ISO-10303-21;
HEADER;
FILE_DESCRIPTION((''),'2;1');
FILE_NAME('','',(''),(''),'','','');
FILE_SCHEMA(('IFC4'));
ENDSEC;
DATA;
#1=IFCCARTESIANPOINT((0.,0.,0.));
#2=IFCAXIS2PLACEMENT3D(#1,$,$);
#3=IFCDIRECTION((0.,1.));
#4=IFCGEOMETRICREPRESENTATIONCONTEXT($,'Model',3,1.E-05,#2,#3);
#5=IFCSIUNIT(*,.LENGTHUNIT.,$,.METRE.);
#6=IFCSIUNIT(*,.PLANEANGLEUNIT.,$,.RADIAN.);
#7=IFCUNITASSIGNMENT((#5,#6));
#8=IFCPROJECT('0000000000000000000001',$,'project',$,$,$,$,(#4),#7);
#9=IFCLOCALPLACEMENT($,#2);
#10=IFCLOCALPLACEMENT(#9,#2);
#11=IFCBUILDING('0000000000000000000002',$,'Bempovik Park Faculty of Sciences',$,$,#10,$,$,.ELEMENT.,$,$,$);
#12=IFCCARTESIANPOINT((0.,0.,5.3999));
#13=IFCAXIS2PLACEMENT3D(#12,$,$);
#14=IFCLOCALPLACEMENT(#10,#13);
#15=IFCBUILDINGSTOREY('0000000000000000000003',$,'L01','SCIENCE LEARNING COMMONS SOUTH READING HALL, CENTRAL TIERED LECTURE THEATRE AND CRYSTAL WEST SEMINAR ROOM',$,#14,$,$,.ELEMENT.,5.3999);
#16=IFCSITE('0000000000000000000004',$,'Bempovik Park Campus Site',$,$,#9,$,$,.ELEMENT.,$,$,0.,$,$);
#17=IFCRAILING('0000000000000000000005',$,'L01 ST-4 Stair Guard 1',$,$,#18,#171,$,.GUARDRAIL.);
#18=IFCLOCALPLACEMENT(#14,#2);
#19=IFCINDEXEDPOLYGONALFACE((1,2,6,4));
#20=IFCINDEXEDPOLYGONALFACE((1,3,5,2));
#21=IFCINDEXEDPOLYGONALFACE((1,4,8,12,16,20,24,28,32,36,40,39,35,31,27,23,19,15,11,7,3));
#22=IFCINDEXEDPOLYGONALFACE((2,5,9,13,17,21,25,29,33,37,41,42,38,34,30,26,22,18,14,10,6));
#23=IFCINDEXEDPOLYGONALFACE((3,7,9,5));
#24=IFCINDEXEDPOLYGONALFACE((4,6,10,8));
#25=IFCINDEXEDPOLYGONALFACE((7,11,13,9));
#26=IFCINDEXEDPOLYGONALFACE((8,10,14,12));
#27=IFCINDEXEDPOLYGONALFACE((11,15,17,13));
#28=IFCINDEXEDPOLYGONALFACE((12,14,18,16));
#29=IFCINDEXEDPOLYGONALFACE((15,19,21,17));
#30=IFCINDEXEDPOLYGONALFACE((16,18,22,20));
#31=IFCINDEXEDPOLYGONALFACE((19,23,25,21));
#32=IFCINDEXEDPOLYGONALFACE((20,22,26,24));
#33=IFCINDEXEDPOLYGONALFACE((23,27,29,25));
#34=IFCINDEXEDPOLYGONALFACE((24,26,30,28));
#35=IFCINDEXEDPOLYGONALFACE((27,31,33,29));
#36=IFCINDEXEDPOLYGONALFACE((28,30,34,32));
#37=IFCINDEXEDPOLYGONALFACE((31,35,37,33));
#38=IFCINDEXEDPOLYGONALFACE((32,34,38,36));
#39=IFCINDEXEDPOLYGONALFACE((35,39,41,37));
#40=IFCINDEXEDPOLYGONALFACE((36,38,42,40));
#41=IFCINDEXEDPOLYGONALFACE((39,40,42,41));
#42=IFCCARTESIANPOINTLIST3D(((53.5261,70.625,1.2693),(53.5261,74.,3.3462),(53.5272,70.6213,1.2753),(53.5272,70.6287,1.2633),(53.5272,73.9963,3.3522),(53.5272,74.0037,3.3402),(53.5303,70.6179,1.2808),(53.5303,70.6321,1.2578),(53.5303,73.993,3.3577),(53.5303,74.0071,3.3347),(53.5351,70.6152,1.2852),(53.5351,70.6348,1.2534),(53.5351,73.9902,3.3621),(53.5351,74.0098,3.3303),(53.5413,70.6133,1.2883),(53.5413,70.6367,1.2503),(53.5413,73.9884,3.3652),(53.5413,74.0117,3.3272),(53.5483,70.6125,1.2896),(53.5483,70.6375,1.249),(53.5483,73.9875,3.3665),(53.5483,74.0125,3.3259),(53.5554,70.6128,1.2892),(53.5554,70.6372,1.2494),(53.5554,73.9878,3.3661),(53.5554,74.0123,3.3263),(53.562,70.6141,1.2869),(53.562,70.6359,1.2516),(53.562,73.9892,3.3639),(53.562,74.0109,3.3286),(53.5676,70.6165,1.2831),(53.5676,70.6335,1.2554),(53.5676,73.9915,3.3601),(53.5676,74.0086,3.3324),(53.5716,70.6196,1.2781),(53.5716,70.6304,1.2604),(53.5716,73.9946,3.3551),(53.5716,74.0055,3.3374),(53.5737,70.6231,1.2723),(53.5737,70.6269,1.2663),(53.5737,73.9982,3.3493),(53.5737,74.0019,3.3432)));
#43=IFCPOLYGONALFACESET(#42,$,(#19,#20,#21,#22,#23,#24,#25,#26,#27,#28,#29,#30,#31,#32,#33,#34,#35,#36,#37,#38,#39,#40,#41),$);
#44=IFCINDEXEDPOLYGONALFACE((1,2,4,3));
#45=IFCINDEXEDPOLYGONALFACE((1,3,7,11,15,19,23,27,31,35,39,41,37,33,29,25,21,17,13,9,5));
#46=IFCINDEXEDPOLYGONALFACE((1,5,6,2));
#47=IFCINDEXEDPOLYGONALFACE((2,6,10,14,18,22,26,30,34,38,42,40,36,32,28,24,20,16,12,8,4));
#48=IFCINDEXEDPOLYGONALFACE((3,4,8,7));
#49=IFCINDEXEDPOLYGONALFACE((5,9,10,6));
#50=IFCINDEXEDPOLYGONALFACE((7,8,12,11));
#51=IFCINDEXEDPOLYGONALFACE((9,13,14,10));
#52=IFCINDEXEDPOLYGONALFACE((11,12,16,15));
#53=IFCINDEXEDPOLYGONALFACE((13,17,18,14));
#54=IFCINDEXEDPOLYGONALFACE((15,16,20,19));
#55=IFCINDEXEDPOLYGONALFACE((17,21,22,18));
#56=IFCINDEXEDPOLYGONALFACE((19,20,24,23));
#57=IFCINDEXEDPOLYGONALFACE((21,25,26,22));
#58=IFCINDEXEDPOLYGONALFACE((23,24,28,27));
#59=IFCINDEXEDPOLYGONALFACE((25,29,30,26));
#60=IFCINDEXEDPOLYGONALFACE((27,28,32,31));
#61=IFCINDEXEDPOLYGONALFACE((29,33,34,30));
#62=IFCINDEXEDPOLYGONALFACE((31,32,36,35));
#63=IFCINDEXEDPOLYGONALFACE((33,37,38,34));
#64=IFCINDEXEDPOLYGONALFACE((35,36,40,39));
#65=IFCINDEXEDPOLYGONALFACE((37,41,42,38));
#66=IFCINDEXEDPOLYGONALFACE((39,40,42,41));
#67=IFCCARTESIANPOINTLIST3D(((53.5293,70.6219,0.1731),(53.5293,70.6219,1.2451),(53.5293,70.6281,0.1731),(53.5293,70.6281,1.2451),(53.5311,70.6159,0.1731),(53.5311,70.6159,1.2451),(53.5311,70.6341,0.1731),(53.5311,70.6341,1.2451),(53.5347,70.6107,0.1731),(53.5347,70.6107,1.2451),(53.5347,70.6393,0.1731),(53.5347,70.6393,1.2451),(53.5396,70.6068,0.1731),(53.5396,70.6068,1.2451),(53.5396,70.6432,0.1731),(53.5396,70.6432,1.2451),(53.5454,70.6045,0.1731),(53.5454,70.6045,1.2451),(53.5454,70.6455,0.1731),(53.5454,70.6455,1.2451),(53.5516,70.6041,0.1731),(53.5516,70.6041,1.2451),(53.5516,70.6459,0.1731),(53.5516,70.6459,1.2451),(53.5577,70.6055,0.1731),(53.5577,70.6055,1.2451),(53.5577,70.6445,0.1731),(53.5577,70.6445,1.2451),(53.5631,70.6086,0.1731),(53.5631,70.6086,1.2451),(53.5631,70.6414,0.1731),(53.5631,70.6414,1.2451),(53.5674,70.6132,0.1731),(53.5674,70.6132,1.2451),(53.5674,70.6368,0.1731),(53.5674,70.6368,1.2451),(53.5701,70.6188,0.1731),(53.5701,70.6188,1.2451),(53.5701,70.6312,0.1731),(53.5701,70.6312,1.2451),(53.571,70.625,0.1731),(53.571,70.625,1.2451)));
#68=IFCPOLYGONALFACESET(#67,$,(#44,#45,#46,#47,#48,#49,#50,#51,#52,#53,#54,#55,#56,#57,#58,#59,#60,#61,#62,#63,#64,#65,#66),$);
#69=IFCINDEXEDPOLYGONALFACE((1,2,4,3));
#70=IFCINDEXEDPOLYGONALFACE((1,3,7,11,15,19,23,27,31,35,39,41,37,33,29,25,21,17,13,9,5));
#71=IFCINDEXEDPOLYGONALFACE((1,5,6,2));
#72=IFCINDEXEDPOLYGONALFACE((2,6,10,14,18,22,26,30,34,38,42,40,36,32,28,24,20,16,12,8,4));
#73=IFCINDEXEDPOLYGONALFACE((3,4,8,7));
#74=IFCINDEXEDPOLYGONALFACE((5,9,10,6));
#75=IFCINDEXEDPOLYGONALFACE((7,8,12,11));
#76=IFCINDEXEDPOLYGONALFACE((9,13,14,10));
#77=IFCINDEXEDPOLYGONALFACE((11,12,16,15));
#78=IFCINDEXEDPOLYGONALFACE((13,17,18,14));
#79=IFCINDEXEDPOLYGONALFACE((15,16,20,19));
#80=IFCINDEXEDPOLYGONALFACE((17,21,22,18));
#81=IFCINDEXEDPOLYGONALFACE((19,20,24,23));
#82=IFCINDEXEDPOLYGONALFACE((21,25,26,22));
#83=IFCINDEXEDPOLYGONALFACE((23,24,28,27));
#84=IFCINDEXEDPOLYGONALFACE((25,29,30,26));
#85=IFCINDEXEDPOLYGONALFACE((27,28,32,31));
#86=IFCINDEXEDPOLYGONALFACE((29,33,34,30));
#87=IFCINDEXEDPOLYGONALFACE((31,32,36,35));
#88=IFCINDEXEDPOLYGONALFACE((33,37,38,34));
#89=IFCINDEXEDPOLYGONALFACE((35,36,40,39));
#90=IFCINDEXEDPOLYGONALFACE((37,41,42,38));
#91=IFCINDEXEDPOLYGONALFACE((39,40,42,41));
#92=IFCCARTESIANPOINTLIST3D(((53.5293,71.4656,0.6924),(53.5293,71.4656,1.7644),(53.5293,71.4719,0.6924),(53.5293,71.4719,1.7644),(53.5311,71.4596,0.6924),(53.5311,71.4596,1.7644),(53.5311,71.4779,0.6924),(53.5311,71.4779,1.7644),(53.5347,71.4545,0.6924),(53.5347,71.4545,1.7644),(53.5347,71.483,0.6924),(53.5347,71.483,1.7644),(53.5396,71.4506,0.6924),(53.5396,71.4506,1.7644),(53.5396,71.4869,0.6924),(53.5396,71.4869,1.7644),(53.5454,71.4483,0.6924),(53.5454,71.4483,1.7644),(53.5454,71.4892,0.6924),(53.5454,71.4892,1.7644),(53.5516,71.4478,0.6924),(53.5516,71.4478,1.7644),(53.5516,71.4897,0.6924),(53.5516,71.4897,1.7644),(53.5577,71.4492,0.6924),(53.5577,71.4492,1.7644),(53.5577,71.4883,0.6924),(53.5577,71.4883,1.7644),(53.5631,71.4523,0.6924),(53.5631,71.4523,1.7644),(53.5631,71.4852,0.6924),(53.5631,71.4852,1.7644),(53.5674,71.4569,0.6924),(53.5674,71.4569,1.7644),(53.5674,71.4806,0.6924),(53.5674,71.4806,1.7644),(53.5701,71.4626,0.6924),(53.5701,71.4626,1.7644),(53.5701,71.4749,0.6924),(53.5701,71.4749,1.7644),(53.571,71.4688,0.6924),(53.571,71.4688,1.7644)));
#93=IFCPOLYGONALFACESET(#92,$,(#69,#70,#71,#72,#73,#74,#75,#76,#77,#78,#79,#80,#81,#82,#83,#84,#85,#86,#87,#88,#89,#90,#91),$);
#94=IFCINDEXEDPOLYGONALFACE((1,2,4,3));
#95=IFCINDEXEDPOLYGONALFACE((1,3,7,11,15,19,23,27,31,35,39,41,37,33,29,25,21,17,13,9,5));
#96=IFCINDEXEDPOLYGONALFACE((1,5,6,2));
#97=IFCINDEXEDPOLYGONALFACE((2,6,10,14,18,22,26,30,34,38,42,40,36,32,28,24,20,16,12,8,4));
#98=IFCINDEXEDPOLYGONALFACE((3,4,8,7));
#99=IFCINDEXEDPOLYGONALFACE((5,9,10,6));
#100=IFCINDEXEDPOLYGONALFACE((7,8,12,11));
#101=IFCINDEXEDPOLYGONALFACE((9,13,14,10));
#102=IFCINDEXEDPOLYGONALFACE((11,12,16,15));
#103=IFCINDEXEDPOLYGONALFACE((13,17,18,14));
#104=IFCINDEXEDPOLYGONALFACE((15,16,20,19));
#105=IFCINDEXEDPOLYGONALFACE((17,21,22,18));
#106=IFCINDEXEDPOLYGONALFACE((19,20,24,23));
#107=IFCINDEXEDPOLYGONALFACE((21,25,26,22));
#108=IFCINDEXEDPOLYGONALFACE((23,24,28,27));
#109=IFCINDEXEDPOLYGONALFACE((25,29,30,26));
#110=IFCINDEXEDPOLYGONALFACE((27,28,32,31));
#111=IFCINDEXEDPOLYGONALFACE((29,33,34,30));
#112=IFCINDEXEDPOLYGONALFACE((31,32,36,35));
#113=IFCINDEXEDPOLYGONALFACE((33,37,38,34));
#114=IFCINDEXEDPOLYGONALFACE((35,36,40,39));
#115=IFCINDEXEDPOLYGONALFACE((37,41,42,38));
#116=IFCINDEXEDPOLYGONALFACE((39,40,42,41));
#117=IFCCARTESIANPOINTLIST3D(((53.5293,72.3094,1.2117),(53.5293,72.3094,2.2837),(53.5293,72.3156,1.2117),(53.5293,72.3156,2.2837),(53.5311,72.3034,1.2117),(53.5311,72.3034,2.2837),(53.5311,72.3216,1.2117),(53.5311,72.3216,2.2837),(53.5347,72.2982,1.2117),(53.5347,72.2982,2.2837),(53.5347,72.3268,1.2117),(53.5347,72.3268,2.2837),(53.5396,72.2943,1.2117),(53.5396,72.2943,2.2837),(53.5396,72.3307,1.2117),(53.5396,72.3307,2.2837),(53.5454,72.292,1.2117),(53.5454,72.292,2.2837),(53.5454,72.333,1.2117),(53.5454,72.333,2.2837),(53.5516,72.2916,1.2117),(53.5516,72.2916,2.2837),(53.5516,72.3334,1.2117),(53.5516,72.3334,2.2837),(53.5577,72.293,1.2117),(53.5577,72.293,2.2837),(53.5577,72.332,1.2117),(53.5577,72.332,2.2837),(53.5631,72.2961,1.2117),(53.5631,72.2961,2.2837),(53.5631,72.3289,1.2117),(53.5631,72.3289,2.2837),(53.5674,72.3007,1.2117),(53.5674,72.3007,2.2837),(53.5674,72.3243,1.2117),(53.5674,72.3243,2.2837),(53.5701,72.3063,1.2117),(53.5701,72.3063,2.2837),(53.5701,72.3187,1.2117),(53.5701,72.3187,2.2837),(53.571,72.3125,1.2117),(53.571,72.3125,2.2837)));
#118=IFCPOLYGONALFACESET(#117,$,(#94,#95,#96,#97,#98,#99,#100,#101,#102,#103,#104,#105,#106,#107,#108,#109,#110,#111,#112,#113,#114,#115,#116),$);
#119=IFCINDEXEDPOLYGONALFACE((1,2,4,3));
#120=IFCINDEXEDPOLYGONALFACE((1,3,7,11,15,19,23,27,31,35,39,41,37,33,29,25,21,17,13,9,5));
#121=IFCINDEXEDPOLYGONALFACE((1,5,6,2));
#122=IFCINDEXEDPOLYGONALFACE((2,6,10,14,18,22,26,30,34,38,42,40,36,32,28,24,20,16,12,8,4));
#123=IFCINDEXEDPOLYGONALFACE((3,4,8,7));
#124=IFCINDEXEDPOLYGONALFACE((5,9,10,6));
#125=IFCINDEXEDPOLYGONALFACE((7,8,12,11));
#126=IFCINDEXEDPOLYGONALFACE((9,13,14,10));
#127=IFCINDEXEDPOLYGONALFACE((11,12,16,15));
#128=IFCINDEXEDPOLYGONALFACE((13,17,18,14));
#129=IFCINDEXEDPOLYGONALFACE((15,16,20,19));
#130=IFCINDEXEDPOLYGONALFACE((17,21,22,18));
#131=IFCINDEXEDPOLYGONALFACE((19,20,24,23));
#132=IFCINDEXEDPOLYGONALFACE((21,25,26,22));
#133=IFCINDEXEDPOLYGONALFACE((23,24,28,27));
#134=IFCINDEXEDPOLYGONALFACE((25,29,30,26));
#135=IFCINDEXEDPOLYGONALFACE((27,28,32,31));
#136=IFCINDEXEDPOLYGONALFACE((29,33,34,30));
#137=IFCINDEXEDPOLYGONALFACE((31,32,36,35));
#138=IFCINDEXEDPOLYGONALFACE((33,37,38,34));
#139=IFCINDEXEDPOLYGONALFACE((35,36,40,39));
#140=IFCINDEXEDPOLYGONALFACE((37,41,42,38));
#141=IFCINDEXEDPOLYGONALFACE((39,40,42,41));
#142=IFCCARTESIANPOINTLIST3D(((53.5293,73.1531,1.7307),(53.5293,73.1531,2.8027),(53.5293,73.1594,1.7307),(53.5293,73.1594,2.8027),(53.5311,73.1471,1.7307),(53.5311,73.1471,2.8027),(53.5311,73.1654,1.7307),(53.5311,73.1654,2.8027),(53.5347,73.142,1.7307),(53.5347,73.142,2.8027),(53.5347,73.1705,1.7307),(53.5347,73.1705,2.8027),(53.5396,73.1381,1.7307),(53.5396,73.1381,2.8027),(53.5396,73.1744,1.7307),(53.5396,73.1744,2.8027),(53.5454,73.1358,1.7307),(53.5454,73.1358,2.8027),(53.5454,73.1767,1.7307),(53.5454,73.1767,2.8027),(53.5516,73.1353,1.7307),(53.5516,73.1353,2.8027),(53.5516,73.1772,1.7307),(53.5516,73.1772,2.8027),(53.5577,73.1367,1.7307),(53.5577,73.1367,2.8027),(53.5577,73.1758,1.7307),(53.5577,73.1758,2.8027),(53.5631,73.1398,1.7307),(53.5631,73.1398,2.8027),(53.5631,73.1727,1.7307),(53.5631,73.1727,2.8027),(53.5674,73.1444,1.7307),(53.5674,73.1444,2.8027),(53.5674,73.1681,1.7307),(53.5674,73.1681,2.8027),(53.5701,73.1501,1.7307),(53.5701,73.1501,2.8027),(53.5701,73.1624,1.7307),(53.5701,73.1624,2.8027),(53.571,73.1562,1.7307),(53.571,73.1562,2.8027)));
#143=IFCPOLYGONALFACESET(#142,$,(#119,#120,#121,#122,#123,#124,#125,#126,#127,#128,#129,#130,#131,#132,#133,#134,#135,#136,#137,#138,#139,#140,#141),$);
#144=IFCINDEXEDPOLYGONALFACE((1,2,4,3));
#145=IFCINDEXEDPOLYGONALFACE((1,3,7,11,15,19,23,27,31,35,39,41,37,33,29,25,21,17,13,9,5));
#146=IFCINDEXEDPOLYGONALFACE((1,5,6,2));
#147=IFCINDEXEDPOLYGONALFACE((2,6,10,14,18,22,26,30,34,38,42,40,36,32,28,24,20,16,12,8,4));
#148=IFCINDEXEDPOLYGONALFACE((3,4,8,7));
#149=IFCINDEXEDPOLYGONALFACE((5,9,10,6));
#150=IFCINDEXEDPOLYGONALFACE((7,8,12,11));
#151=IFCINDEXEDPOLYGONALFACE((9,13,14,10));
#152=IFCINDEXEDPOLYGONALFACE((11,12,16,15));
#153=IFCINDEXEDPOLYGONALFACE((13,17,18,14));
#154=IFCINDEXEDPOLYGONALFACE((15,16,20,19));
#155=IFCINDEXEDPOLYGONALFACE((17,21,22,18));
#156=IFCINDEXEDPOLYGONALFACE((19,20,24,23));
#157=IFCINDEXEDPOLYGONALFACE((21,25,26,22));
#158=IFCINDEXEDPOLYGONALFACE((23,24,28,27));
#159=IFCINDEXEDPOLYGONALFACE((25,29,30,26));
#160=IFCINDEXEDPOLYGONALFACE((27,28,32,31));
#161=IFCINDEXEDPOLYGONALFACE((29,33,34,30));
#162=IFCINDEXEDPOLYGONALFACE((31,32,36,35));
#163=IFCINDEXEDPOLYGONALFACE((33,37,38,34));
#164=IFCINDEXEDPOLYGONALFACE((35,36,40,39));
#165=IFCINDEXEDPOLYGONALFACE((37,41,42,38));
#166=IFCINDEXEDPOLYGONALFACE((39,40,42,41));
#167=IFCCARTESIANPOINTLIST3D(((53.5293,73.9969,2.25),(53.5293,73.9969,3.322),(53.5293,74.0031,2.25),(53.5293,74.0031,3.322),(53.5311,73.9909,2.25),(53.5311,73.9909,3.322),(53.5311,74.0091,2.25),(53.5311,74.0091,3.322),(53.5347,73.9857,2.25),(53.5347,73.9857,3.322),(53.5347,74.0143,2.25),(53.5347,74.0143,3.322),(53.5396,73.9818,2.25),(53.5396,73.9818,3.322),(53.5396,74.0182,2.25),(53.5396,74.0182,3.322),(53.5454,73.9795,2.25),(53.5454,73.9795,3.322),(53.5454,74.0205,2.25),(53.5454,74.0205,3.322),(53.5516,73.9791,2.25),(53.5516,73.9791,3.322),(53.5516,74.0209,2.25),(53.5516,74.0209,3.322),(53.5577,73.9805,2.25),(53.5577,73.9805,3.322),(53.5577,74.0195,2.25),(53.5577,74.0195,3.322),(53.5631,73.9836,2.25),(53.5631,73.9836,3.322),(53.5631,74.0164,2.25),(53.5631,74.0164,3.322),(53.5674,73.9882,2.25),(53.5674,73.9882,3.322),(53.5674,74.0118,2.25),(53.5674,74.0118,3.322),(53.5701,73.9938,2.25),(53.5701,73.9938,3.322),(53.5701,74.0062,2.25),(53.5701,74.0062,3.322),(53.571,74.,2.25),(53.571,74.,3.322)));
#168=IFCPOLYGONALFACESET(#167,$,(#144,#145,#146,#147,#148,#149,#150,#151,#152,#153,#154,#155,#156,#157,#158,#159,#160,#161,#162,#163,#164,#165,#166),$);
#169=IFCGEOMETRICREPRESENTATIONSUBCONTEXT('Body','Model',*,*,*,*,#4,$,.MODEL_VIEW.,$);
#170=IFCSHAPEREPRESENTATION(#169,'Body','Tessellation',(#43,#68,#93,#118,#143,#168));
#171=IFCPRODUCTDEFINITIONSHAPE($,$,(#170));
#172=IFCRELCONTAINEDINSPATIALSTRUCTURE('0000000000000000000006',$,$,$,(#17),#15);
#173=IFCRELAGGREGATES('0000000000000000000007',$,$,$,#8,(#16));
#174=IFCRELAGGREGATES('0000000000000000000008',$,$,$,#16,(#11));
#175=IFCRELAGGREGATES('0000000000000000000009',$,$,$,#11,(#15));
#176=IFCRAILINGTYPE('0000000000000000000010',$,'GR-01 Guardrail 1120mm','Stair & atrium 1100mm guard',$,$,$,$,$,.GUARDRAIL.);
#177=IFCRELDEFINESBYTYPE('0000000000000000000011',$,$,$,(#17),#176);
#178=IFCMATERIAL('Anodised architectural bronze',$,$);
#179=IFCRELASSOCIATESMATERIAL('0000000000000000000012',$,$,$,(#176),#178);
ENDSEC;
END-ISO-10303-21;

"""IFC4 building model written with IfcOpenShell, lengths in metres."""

from ifc_helpers import new_model, si_unit, direction, frame, origin, origin_2d, place, context, subcontext, project, spatial, circle, extrude, material, type_object, element, save


model = new_model("IFC4")

# Units and contexts
model_context = context("Model", 3, precision=1e-05, world=origin(), true_north=direction((0.0, 1.0)))
body_context = subcontext(model_context, "Body", "Model", "MODEL_VIEW")
ifc_project = project(units=[si_unit("LENGTHUNIT", "METRE"), si_unit("PLANEANGLEUNIT", "RADIAN")], contexts=[model_context])

# Site, building, storey
site_placement = place(None, origin())
site = spatial("IfcSite", under=ifc_project, at=site_placement, Name="Bempovik Park Campus Site", CompositionType="ELEMENT", RefElevation=0.0)
building_placement = place(site_placement, origin())
building = spatial("IfcBuilding", under=site, at=building_placement, Name="Bempovik Park Faculty of Sciences", CompositionType="ELEMENT")
storey_placement = place(building_placement, frame((0.0, 0.0, 5.3999)))
storey = spatial("IfcBuildingStorey", under=building, at=storey_placement, Name="L01", Description="SCIENCE LEARNING COMMONS SOUTH READING HALL, CENTRAL TIERED LECTURE THEATRE AND CRYSTAL WEST SEMINAR ROOM", CompositionType="ELEMENT", Elevation=5.3999)

# Shared definitions
ifc_material_1 = material(Name="Anodised architectural bronze")

# Railing
railing_type_1 = type_object("IfcRailingType", Name="GR-01 Guardrail 1120mm", Description="Stair & atrium 1100mm guard", PredefinedType="GUARDRAIL", material=ifc_material_1)
railing_1_placement = place(storey_placement, frame((53.55, 70.625, 0.1731)))
element("IfcRailing", 1, at=railing_1_placement, inside=storey, type_object=railing_type_1, Name="L01 ST-4 Stair Guard 1", PredefinedType="GUARDRAIL", context=body_context, shape_type="SweptSolid", body=[
    extrude(circle(Radius=0.0239, at=origin_2d()), frame((0.0, 0.0, 1.0962), z_axis=(0.0, 0.85166, 0.524094), x_axis=(-1.0, 0.0, 0.0)), (0.0, 0.0, 1.0), 3.9629),
    extrude(circle(Radius=0.021, at=origin_2d()), origin(), (0.0, 0.0, 1.0), 1.072),
    extrude(circle(Radius=0.021, at=origin_2d()), frame((0.0, 0.8438, 0.5193)), (0.0, 0.0, 1.0), 1.072),
    extrude(circle(Radius=0.021, at=origin_2d()), frame((0.0, 1.6875, 1.0386)), (0.0, 0.0, 1.0), 1.072),
    extrude(circle(Radius=0.021, at=origin_2d()), frame((0.0, 2.5312, 1.5576)), (0.0, 0.0, 1.0), 1.072),
    extrude(circle(Radius=0.021, at=origin_2d()), frame((0.0, 3.375, 2.0769)), (0.0, 0.0, 1.0), 1.072),
])

save(model, "model.ifc")
